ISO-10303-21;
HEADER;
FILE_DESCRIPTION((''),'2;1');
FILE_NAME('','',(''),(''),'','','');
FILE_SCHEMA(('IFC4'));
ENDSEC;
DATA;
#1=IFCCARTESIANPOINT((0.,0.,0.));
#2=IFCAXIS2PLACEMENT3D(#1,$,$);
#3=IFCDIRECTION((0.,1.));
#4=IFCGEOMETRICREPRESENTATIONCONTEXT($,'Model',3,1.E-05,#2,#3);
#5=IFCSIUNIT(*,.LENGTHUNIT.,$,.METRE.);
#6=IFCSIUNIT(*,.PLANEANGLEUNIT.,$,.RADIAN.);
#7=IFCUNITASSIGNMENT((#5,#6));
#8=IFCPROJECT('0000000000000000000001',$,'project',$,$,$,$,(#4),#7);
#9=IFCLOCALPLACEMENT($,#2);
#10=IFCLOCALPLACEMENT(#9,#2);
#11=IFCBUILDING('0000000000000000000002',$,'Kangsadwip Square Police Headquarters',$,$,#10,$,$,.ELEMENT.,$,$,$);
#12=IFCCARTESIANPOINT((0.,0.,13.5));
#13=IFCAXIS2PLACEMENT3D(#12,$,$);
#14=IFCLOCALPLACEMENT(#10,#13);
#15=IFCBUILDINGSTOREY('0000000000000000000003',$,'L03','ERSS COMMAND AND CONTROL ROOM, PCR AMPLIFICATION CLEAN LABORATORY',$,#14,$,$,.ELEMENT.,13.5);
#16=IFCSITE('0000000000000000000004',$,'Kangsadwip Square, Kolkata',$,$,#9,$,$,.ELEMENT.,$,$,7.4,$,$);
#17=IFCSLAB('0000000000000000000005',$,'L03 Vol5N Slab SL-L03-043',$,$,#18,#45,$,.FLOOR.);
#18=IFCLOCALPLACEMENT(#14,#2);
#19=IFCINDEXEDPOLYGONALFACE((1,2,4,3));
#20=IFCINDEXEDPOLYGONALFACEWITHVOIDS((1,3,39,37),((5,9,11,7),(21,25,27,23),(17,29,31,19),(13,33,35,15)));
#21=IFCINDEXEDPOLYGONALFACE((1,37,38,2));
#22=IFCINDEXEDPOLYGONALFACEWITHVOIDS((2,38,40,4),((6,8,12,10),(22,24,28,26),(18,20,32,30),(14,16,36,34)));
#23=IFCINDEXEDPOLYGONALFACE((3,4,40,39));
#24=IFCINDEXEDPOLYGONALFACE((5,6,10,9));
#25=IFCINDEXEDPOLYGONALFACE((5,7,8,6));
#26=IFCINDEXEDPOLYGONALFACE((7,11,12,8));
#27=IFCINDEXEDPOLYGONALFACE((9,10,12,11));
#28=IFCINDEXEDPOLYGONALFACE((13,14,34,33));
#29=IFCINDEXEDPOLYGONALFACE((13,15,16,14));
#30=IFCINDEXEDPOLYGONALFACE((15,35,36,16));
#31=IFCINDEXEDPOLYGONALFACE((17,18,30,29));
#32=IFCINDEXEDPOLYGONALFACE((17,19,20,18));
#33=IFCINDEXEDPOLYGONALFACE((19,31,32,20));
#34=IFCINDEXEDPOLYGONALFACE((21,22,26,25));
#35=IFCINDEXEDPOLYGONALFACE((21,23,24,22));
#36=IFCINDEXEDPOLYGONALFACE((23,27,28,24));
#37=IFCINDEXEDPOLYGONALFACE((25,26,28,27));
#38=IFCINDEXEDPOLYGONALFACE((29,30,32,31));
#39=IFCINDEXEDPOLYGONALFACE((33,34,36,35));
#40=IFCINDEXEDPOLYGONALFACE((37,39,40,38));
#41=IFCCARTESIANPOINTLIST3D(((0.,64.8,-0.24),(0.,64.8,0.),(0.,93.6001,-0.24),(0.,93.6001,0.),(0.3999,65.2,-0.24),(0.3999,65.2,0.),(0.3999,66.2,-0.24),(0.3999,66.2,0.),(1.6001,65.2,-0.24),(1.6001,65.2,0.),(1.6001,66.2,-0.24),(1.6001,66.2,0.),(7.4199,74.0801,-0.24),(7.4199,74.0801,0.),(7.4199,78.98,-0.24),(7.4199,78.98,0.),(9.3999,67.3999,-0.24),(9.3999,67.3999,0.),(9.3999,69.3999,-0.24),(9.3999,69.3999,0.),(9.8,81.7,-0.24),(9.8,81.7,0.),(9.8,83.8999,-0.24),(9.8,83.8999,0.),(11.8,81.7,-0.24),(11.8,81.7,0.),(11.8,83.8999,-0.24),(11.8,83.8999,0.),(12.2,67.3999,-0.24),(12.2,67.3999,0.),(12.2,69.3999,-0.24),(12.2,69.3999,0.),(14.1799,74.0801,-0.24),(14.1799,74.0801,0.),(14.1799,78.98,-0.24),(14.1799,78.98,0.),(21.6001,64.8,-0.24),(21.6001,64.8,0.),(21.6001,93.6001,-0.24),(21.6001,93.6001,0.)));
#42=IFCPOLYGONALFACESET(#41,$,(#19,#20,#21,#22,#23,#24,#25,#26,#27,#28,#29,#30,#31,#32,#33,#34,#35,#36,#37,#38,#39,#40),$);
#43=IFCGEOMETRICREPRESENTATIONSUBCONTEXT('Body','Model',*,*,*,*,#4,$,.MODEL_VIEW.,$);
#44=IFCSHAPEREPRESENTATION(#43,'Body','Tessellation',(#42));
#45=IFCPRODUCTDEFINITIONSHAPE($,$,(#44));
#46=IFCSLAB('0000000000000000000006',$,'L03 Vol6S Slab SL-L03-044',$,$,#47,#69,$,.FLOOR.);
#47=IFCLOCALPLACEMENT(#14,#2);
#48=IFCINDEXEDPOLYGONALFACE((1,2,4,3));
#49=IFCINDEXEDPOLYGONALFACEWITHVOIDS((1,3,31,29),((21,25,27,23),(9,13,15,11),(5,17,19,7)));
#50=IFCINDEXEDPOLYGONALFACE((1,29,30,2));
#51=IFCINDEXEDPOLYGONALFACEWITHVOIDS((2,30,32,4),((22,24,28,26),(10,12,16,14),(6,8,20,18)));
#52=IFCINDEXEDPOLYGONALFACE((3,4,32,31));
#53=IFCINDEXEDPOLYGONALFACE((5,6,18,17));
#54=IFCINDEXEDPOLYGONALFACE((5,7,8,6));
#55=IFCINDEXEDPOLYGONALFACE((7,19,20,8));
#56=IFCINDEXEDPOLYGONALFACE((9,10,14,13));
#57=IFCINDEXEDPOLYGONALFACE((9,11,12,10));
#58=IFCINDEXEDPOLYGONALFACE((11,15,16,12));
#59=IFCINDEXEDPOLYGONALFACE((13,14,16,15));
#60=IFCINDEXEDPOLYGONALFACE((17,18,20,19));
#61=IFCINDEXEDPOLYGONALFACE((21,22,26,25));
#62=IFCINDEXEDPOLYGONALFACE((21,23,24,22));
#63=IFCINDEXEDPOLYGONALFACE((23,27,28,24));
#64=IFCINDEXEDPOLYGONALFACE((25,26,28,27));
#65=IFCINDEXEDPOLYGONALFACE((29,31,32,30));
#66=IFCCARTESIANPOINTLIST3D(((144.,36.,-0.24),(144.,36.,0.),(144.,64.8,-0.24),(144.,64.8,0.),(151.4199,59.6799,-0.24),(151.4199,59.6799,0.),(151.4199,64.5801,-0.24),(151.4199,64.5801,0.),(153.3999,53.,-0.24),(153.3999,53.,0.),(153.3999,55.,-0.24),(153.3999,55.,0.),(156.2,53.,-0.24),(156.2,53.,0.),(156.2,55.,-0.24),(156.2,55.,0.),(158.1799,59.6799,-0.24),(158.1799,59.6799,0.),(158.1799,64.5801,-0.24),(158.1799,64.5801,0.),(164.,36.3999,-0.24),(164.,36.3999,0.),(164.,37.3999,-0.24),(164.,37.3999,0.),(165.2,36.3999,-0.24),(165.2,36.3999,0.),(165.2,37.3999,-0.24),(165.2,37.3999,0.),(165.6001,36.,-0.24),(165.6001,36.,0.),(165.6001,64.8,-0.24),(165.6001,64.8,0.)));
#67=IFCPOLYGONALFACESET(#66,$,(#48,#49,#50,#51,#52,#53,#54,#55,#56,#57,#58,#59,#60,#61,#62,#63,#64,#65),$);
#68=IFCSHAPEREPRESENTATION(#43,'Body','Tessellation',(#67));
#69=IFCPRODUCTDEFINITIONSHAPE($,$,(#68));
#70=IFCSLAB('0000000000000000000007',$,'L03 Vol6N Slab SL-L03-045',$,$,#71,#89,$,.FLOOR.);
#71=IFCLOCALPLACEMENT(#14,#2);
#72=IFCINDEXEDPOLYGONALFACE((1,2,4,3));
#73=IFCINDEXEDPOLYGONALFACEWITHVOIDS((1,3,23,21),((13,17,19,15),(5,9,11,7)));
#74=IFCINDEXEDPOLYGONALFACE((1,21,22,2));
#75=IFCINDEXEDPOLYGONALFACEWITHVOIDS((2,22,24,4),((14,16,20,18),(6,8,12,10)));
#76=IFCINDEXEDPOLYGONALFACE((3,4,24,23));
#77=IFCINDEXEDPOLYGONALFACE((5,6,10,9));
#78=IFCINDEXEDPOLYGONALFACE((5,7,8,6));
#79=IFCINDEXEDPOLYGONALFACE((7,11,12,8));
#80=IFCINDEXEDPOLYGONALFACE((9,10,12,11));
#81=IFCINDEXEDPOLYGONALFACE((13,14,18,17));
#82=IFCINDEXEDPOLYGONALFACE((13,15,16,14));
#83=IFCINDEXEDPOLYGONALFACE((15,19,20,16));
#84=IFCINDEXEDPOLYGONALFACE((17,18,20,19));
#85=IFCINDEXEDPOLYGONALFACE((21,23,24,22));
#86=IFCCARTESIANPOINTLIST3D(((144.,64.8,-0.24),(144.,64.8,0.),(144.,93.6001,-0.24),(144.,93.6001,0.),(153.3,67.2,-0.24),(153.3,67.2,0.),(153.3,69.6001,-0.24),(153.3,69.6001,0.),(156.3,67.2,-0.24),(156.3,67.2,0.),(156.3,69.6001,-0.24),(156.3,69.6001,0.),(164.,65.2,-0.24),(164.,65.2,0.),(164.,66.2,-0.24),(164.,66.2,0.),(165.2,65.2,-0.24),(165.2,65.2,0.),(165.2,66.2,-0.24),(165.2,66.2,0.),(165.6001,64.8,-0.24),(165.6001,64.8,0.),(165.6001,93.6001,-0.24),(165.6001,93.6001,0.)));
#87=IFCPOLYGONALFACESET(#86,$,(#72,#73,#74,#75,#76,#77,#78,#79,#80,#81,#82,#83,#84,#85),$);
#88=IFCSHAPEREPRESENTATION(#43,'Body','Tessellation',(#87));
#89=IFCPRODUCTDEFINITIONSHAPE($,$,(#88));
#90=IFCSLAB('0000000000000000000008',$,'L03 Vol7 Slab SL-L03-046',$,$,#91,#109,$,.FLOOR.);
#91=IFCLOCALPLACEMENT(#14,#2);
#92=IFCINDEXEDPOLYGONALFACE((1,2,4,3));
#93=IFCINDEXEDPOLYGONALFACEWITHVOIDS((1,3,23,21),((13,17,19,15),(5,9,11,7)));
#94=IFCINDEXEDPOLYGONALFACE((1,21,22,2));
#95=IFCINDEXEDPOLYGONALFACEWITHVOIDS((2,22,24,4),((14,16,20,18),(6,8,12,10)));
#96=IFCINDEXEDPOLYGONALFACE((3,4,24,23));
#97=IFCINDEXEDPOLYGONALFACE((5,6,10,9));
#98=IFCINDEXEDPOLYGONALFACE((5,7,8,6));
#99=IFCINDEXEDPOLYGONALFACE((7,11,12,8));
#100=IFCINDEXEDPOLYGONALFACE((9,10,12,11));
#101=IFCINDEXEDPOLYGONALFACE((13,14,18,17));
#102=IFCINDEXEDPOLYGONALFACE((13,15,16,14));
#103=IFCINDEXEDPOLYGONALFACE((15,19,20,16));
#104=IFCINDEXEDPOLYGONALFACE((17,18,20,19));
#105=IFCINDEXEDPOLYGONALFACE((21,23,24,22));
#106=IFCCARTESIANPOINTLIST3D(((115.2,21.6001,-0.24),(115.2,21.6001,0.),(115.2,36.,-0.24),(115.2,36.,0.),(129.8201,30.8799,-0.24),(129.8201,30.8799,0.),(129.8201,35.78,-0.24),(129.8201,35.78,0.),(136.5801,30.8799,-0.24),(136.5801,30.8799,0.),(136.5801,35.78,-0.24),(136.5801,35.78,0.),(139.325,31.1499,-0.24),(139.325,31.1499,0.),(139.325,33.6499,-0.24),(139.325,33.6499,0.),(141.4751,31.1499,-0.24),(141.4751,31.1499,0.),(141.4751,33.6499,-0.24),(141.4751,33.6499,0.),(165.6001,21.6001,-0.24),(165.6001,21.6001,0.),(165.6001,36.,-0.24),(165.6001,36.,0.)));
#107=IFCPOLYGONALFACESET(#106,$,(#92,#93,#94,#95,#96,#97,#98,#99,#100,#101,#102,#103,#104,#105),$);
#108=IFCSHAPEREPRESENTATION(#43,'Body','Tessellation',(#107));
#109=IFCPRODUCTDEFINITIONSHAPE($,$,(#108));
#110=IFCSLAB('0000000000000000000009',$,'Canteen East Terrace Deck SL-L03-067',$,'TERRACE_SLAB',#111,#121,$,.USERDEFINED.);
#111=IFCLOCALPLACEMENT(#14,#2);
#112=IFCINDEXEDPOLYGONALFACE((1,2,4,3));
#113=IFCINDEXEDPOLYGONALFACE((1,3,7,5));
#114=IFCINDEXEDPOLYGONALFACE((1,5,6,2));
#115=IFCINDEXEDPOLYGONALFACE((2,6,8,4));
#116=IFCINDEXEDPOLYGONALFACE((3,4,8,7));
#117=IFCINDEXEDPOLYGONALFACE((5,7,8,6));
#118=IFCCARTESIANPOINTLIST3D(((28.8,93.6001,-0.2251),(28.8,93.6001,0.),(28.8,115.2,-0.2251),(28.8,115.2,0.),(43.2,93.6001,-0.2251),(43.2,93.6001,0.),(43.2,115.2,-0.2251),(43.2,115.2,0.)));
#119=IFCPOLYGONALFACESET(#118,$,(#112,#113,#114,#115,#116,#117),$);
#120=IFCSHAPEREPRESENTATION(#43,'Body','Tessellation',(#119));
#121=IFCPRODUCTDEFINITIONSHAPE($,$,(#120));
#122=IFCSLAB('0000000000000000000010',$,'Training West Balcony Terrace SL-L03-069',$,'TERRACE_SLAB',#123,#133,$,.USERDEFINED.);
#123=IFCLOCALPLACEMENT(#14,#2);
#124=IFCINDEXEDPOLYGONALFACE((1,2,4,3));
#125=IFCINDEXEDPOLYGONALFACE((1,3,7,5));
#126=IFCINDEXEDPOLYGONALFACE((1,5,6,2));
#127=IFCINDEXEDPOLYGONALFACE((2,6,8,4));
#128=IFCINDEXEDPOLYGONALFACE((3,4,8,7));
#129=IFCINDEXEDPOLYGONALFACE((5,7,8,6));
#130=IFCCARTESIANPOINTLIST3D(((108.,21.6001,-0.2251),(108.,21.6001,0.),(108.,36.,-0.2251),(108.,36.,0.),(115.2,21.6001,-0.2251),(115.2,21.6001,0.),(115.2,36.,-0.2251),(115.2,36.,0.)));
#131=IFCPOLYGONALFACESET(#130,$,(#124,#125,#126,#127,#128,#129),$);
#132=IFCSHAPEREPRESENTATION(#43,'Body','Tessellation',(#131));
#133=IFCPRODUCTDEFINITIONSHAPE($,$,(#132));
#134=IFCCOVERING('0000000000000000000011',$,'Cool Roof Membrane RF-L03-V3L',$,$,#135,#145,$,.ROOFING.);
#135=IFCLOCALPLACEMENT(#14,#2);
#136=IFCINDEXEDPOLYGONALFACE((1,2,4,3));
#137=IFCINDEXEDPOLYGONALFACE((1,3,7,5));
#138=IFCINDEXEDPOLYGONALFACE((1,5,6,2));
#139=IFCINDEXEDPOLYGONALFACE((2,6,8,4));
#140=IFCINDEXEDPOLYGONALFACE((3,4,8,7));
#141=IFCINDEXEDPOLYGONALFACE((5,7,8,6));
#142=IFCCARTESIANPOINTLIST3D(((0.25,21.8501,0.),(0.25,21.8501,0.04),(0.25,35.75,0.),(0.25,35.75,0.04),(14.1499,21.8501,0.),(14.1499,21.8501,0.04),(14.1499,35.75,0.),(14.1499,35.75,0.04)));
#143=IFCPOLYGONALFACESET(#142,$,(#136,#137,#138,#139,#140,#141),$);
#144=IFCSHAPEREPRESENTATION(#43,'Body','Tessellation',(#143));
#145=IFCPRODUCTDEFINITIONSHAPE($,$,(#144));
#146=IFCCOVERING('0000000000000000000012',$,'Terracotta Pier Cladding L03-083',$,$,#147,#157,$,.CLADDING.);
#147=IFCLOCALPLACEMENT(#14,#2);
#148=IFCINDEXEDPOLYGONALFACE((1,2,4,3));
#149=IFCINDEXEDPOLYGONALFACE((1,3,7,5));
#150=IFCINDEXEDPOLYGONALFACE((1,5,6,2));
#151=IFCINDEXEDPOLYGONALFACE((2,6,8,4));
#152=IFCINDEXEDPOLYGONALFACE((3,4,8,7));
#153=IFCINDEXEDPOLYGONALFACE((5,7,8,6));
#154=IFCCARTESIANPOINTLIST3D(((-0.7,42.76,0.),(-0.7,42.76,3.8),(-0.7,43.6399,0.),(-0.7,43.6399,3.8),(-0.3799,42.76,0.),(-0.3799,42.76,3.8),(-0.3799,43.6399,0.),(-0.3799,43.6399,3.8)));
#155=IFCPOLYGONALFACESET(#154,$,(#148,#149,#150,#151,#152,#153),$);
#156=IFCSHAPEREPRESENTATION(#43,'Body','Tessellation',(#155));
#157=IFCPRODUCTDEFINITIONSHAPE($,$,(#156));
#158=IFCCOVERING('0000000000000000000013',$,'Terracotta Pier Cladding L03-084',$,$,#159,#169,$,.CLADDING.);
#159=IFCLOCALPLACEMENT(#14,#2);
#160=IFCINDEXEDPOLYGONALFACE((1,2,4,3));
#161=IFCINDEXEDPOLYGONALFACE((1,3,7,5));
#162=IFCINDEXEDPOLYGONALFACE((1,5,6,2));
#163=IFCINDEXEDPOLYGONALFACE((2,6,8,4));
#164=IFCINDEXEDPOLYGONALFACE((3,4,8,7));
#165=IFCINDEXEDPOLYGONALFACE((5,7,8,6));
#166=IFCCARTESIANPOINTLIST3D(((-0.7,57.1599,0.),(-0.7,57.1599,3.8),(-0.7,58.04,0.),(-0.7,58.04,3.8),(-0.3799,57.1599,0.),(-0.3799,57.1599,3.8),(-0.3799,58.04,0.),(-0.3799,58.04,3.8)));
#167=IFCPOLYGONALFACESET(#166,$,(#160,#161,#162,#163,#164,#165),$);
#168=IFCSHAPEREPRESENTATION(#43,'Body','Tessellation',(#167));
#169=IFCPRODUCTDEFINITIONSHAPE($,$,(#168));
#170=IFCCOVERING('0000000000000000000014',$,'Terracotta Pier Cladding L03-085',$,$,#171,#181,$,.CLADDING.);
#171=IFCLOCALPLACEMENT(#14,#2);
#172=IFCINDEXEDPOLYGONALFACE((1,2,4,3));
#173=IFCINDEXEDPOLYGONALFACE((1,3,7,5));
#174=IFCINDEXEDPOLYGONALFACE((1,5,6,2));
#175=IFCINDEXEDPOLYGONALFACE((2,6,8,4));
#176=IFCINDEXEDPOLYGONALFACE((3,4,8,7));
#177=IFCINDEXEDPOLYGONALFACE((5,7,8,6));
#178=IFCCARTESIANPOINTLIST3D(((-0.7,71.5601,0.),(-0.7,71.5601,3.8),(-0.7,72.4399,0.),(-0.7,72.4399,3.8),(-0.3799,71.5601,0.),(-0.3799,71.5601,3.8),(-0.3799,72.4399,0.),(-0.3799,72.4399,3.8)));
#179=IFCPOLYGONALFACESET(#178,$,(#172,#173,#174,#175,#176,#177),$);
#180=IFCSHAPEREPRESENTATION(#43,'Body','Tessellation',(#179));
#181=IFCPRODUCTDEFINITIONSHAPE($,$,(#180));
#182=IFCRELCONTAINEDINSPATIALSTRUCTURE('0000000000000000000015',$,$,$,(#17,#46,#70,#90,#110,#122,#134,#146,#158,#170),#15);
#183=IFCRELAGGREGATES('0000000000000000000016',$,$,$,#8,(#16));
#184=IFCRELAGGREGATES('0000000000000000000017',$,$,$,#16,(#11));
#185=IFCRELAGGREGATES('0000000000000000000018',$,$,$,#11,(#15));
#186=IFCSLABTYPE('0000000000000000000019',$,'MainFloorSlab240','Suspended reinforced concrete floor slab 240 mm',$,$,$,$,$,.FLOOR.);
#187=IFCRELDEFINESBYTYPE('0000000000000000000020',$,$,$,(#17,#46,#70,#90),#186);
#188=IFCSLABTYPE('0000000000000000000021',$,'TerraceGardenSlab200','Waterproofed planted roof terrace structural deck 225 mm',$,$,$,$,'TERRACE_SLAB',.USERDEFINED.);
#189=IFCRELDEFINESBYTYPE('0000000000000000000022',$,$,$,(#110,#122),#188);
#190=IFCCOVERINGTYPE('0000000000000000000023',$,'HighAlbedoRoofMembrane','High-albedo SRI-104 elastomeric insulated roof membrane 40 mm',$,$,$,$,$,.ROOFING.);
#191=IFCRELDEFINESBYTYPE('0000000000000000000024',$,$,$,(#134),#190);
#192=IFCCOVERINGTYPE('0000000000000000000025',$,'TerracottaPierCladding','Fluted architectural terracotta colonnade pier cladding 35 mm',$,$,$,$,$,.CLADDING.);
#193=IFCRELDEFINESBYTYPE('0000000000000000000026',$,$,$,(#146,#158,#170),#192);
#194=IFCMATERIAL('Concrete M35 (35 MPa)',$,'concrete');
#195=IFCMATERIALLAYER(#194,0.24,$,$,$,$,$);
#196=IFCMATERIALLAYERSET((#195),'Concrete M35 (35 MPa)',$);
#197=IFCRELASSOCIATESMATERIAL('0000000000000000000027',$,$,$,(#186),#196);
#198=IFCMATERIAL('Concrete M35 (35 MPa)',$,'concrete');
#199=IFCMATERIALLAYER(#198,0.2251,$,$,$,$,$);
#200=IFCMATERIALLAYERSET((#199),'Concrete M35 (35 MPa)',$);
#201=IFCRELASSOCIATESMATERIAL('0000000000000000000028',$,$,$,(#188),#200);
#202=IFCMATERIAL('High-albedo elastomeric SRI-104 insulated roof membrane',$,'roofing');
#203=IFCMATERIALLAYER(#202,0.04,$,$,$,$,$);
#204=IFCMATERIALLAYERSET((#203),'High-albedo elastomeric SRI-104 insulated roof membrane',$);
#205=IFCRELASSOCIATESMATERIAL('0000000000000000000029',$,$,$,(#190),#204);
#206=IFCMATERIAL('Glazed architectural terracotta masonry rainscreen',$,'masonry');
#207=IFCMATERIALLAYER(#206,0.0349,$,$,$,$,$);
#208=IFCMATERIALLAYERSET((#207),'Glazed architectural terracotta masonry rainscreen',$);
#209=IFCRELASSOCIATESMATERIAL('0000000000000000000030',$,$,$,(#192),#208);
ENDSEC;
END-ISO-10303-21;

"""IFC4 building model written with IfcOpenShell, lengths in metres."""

from ifc_helpers import new_model, si_unit, direction, frame, origin, place, context, subcontext, project, spatial, polyline, outline, extrude, material, layer, layer_set, type_object, element, save


model = new_model("IFC4")

# Units and contexts
model_context = context("Model", 3, precision=1e-05, world=origin(), true_north=direction((0.0, 1.0)))
body_context = subcontext(model_context, "Body", "Model", "MODEL_VIEW")
ifc_project = project(units=[si_unit("LENGTHUNIT", "METRE"), si_unit("PLANEANGLEUNIT", "RADIAN")], contexts=[model_context])

# Site, building, storey
site_placement = place(None, origin())
site = spatial("IfcSite", under=ifc_project, at=site_placement, Name="Kangsadwip Square, Kolkata", CompositionType="ELEMENT", RefElevation=7.4)
building_placement = place(site_placement, origin())
building = spatial("IfcBuilding", under=site, at=building_placement, Name="Kangsadwip Square Police Headquarters", CompositionType="ELEMENT")
storey_placement = place(building_placement, frame((0.0, 0.0, 13.5)))
storey = spatial("IfcBuildingStorey", under=building, at=storey_placement, Name="L03", Description="ERSS COMMAND AND CONTROL ROOM, PCR AMPLIFICATION CLEAN LABORATORY", CompositionType="ELEMENT", Elevation=13.5)

# Slabs
ifc_material_1 = material(Name="Concrete M35 (35 MPa)", Category="concrete")
ifc_layer_1 = layer(ifc_material_1, 0.24)
ifc_layer_set_1 = layer_set([ifc_layer_1], Name="Concrete M35 (35 MPa)")
slab_type_1 = type_object("IfcSlabType", Name="MainFloorSlab240", Description="Suspended reinforced concrete floor slab 240 mm", PredefinedType="FLOOR", material=ifc_layer_set_1)
slab_1_placement = place(storey_placement, frame((0.0, 0.0, -0.24)))
element("IfcSlab", 1, at=slab_1_placement, inside=storey, type_object=slab_type_1, Name="L03 Vol5N Slab SL-L03-043", PredefinedType="FLOOR", context=body_context, shape_type="SweptSolid", body=[
    extrude(outline(polyline([(0.0, 64.8), (0.0, 93.6001), (21.6001, 93.6001), (21.6001, 64.8), (0.0, 64.8)]), holes=[polyline([(1.6001, 66.2), (0.3999, 66.2), (0.3999, 65.2), (1.6001, 65.2), (1.6001, 66.2)]), polyline([(12.2, 69.3999), (9.3999, 69.3999), (9.3999, 67.3999), (12.2, 67.3999), (12.2, 69.3999)]), polyline([(14.1799, 74.0801), (14.1799, 78.98), (7.4199, 78.98), (7.4199, 74.0801), (14.1799, 74.0801)]), polyline([(11.8, 81.7), (11.8, 83.8999), (9.8, 83.8999), (9.8, 81.7), (11.8, 81.7)])]), origin(), (0.0, 0.0, 1.0), 0.24),
])
slab_2_placement = place(storey_placement, frame((0.0, 0.0, -0.24)))
element("IfcSlab", 2, at=slab_2_placement, inside=storey, type_object=slab_type_1, Name="L03 Vol6S Slab SL-L03-044", PredefinedType="FLOOR", context=body_context, shape_type="SweptSolid", body=[
    extrude(outline(polyline([(144.0, 36.0), (144.0, 64.8), (165.6001, 64.8), (165.6001, 36.0), (144.0, 36.0)]), holes=[polyline([(165.2, 36.3999), (165.2, 37.3999), (164.0, 37.3999), (164.0, 36.3999), (165.2, 36.3999)]), polyline([(156.2, 53.0), (156.2, 55.0), (153.3999, 55.0), (153.3999, 53.0), (156.2, 53.0)]), polyline([(158.1799, 59.6799), (158.1799, 64.5801), (151.4199, 64.5801), (151.4199, 59.6799), (158.1799, 59.6799)])]), origin(), (0.0, 0.0, 1.0), 0.24),
])
slab_3_placement = place(storey_placement, frame((0.0, 0.0, -0.24)))
element("IfcSlab", 3, at=slab_3_placement, inside=storey, type_object=slab_type_1, Name="L03 Vol6N Slab SL-L03-045", PredefinedType="FLOOR", context=body_context, shape_type="SweptSolid", body=[
    extrude(outline(polyline([(144.0, 64.8), (144.0, 93.6001), (165.6001, 93.6001), (165.6001, 64.8), (144.0, 64.8)]), holes=[polyline([(165.2, 66.2), (164.0, 66.2), (164.0, 65.2), (165.2, 65.2), (165.2, 66.2)]), polyline([(156.3, 69.6001), (153.3, 69.6001), (153.3, 67.2), (156.3, 67.2), (156.3, 69.6001)])]), origin(), (0.0, 0.0, 1.0), 0.24),
])
slab_4_placement = place(storey_placement, frame((0.0, 0.0, -0.24)))
element("IfcSlab", 4, at=slab_4_placement, inside=storey, type_object=slab_type_1, Name="L03 Vol7 Slab SL-L03-046", PredefinedType="FLOOR", context=body_context, shape_type="SweptSolid", body=[
    extrude(outline(polyline([(115.2, 21.6001), (115.2, 36.0), (165.6001, 36.0), (165.6001, 21.6001), (115.2, 21.6001)]), holes=[polyline([(141.4751, 33.6499), (139.325, 33.6499), (139.325, 31.1499), (141.4751, 31.1499), (141.4751, 33.6499)]), polyline([(136.5801, 30.8799), (136.5801, 35.78), (129.8201, 35.78), (129.8201, 30.8799), (136.5801, 30.8799)])]), origin(), (0.0, 0.0, 1.0), 0.24),
])
ifc_material_2 = material(Name="Concrete M35 (35 MPa)", Category="concrete")
ifc_layer_2 = layer(ifc_material_2, 0.2251)
ifc_layer_set_2 = layer_set([ifc_layer_2], Name="Concrete M35 (35 MPa)")
slab_type_2 = type_object("IfcSlabType", Name="TerraceGardenSlab200", Description="Waterproofed planted roof terrace structural deck 225 mm", ElementType="TERRACE_SLAB", PredefinedType="USERDEFINED", material=ifc_layer_set_2)
slab_5_placement = place(storey_placement, frame((0.0, 0.0, -0.2251)))
element("IfcSlab", 5, at=slab_5_placement, inside=storey, type_object=slab_type_2, Name="Canteen East Terrace Deck SL-L03-067", ObjectType="TERRACE_SLAB", PredefinedType="USERDEFINED", context=body_context, shape_type="SweptSolid", body=[
    extrude(outline(polyline([(28.8, 93.6001), (28.8, 115.2), (43.2, 115.2), (43.2, 93.6001), (28.8, 93.6001)])), origin(), (0.0, 0.0, 1.0), 0.2251),
])
slab_6_placement = place(storey_placement, frame((0.0, 0.0, -0.2251)))
element("IfcSlab", 6, at=slab_6_placement, inside=storey, type_object=slab_type_2, Name="Training West Balcony Terrace SL-L03-069", ObjectType="TERRACE_SLAB", PredefinedType="USERDEFINED", context=body_context, shape_type="SweptSolid", body=[
    extrude(outline(polyline([(108.0, 21.6001), (108.0, 36.0), (115.2, 36.0), (115.2, 21.6001), (108.0, 21.6001)])), origin(), (0.0, 0.0, 1.0), 0.2251),
])

# Coverings
ifc_material_3 = material(Name="High-albedo elastomeric SRI-104 insulated roof membrane", Category="roofing")
ifc_layer_3 = layer(ifc_material_3, 0.04)
ifc_layer_set_3 = layer_set([ifc_layer_3], Name="High-albedo elastomeric SRI-104 insulated roof membrane")
covering_type_1 = type_object("IfcCoveringType", Name="HighAlbedoRoofMembrane", Description="High-albedo SRI-104 elastomeric insulated roof membrane 40 mm", PredefinedType="ROOFING", material=ifc_layer_set_3)
covering_1_placement = place(storey_placement, origin())
element("IfcCovering", 7, at=covering_1_placement, inside=storey, type_object=covering_type_1, Name="Cool Roof Membrane RF-L03-V3L", PredefinedType="ROOFING", context=body_context, shape_type="SweptSolid", body=[
    extrude(outline(polyline([(0.25, 21.8501), (14.1499, 21.8501), (14.1499, 35.75), (0.25, 35.75), (0.25, 21.8501)])), origin(), (0.0, 0.0, 1.0), 0.04),
])
ifc_material_4 = material(Name="Glazed architectural terracotta masonry rainscreen", Category="masonry")
ifc_layer_4 = layer(ifc_material_4, 0.0349)
ifc_layer_set_4 = layer_set([ifc_layer_4], Name="Glazed architectural terracotta masonry rainscreen")
covering_type_2 = type_object("IfcCoveringType", Name="TerracottaPierCladding", Description="Fluted architectural terracotta colonnade pier cladding 35 mm", PredefinedType="CLADDING", material=ifc_layer_set_4)
covering_2_placement = place(storey_placement, origin())
element("IfcCovering", 8, at=covering_2_placement, inside=storey, type_object=covering_type_2, Name="Terracotta Pier Cladding L03-083", PredefinedType="CLADDING", context=body_context, shape_type="SweptSolid", body=[
    extrude(outline(polyline([(-0.7, 42.76), (-0.3799, 42.76), (-0.3799, 43.6399), (-0.7, 43.6399), (-0.7, 42.76)])), origin(), (0.0, 0.0, 1.0), 3.8),
])
covering_3_placement = place(storey_placement, origin())
element("IfcCovering", 9, at=covering_3_placement, inside=storey, type_object=covering_type_2, Name="Terracotta Pier Cladding L03-084", PredefinedType="CLADDING", context=body_context, shape_type="SweptSolid", body=[
    extrude(outline(polyline([(-0.7, 57.1599), (-0.3799, 57.1599), (-0.3799, 58.04), (-0.7, 58.04), (-0.7, 57.1599)])), origin(), (0.0, 0.0, 1.0), 3.8),
])
covering_4_placement = place(storey_placement, origin())
element("IfcCovering", 10, at=covering_4_placement, inside=storey, type_object=covering_type_2, Name="Terracotta Pier Cladding L03-085", PredefinedType="CLADDING", context=body_context, shape_type="SweptSolid", body=[
    extrude(outline(polyline([(-0.7, 71.5601), (-0.3799, 71.5601), (-0.3799, 72.4399), (-0.7, 72.4399), (-0.7, 71.5601)])), origin(), (0.0, 0.0, 1.0), 3.8),
])

save(model, "model.ifc")
